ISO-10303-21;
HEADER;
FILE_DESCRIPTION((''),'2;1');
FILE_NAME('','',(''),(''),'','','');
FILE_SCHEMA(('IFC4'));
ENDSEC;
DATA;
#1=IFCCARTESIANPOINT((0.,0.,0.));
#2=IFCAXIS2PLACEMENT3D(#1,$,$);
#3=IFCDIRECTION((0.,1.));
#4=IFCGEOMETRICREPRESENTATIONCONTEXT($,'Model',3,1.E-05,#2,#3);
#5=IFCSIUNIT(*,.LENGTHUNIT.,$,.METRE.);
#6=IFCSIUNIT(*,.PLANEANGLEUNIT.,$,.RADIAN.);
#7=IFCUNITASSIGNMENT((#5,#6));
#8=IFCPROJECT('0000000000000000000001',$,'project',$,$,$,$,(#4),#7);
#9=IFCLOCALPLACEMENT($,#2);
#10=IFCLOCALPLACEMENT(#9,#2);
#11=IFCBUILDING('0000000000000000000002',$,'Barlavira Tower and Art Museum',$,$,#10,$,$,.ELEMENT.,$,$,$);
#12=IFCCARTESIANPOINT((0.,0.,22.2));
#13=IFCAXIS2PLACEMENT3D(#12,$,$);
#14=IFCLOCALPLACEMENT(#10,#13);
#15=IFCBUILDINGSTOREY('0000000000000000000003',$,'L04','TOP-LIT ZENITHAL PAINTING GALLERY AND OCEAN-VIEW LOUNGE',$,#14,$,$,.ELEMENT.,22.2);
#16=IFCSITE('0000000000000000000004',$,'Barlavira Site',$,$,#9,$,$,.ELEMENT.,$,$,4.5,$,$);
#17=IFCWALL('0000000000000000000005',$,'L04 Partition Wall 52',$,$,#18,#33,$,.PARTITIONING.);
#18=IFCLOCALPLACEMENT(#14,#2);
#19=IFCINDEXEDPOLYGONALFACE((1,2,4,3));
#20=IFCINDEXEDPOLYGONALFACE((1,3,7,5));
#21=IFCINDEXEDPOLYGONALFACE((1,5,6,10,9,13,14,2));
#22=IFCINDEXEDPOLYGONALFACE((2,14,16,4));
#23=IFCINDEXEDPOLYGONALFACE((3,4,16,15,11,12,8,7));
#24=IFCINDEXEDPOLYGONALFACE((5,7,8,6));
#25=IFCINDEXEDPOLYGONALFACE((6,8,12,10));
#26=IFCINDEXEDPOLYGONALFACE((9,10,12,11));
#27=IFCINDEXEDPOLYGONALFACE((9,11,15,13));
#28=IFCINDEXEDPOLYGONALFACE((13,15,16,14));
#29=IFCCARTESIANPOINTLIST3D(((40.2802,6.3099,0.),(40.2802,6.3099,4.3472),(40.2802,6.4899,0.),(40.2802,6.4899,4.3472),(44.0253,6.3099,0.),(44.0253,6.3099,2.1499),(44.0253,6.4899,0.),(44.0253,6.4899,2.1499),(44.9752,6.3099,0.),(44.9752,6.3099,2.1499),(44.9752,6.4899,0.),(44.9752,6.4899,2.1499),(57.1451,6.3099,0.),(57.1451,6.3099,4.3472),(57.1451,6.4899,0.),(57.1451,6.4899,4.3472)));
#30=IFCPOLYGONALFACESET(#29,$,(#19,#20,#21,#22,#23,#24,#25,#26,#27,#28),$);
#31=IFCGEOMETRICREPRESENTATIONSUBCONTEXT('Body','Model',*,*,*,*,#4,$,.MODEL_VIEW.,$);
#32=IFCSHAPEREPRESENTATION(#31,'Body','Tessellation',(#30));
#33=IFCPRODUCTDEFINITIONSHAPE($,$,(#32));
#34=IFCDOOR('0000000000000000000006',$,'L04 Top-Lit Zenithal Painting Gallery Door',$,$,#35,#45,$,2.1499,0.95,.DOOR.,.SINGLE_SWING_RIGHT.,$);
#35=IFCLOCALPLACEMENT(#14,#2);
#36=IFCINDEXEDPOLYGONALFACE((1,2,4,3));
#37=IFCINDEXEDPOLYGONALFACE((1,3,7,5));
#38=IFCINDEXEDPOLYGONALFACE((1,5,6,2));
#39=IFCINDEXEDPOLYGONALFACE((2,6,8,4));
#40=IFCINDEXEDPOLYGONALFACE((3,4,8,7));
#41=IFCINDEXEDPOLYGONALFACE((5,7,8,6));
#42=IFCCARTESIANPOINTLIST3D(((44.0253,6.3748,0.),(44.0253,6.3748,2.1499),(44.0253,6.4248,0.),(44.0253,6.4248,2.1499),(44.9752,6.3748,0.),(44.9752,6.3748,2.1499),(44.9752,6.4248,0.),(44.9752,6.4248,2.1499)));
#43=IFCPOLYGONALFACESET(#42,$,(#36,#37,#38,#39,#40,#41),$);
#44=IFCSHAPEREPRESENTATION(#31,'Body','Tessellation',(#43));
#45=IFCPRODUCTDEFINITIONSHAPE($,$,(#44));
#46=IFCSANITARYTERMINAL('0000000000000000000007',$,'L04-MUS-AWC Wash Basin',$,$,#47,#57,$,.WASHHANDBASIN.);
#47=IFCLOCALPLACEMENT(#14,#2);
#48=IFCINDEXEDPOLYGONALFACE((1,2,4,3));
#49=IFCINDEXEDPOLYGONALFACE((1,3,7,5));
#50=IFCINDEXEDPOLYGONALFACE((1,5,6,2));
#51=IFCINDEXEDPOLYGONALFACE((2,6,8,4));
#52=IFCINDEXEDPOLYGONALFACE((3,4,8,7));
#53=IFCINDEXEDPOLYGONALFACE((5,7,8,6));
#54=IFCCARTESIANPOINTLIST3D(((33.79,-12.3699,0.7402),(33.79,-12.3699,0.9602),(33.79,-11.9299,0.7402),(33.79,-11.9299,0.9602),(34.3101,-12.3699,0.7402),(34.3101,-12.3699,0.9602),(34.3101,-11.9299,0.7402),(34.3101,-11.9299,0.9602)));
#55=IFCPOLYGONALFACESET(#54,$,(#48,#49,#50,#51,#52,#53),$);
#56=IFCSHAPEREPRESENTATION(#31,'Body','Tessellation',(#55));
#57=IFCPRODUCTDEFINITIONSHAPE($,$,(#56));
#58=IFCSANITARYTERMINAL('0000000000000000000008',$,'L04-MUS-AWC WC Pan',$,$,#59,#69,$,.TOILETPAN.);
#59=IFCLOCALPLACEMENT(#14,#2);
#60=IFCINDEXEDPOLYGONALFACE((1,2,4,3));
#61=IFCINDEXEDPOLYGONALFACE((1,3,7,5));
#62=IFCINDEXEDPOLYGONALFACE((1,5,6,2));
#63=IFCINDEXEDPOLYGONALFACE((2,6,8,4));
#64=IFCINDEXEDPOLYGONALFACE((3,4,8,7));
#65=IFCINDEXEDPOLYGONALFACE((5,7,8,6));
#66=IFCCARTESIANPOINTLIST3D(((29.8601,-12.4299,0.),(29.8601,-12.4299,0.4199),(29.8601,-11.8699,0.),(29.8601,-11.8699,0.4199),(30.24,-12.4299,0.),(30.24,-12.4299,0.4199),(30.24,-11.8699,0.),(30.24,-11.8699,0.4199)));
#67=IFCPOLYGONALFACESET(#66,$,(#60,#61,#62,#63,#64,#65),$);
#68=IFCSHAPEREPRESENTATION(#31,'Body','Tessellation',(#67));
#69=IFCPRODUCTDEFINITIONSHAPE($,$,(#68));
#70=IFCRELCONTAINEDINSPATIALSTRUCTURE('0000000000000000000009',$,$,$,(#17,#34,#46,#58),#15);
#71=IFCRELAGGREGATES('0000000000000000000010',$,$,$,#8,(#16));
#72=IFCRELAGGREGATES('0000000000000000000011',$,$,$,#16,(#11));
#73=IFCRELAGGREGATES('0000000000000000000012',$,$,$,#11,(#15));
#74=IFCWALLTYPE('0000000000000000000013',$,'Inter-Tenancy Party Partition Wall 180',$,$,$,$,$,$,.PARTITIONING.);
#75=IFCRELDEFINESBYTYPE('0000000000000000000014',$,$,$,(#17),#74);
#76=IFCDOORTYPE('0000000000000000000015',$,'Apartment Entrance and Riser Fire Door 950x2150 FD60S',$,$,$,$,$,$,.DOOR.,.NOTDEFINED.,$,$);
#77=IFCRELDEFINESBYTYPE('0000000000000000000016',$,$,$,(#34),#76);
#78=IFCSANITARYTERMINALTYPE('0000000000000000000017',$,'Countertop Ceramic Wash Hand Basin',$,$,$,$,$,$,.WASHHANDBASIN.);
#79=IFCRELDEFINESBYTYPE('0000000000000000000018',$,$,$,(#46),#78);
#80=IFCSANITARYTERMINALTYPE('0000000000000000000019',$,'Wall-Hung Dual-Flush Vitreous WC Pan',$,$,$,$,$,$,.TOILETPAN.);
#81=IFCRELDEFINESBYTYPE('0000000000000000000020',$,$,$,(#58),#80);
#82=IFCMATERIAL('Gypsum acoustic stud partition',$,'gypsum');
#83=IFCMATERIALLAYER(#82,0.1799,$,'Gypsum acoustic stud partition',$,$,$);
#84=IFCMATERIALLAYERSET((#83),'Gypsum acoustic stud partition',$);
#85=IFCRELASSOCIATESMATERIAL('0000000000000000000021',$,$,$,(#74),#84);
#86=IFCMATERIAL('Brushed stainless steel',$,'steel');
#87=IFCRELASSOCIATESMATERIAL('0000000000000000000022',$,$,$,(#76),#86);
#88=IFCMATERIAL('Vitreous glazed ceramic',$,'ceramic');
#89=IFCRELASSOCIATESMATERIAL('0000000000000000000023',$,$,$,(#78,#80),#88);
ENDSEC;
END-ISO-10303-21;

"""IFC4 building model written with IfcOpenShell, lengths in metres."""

from ifc_helpers import new_model, si_unit, direction, frame, frame_2d, origin, origin_2d, place, context, subcontext, project, spatial, rectangle, extrude, material, layer, layer_set, type_object, element, fill, save


model = new_model("IFC4")

# Units and contexts
model_context = context("Model", 3, precision=1e-05, world=origin(), true_north=direction((0.0, 1.0)))
body_context = subcontext(model_context, "Body", "Model", "MODEL_VIEW")
ifc_project = project(units=[si_unit("LENGTHUNIT", "METRE"), si_unit("PLANEANGLEUNIT", "RADIAN")], contexts=[model_context])

# Site, building, storey
site_placement = place(None, origin())
site = spatial("IfcSite", under=ifc_project, at=site_placement, Name="Barlavira Site", CompositionType="ELEMENT", RefElevation=4.5)
building_placement = place(site_placement, origin())
building = spatial("IfcBuilding", under=site, at=building_placement, Name="Barlavira Tower and Art Museum", CompositionType="ELEMENT")
storey_placement = place(building_placement, frame((0.0, 0.0, 22.2)))
storey = spatial("IfcBuildingStorey", under=building, at=storey_placement, Name="L04", Description="TOP-LIT ZENITHAL PAINTING GALLERY AND OCEAN-VIEW LOUNGE", CompositionType="ELEMENT", Elevation=22.2)

# Shared definitions
ifc_material_1 = material(Name="Brushed stainless steel", Category="steel")

# Wall, opening, door
ifc_material_2 = material(Name="Gypsum acoustic stud partition", Category="gypsum")
ifc_layer_1 = layer(ifc_material_2, 0.1799, Name="Gypsum acoustic stud partition")
ifc_layer_set_1 = layer_set([ifc_layer_1], Name="Gypsum acoustic stud partition")
wall_type_1 = type_object("IfcWallType", Name="Inter-Tenancy Party Partition Wall 180", PredefinedType="PARTITIONING", material=ifc_layer_set_1)
wall_1_placement = place(storey_placement, frame((40.28, 6.3999, 0.0), z_axis=(0.0, 0.0, 1.0), x_axis=(1.0, 0.0, 0.0)))
wall_1 = element("IfcWall", 1, at=wall_1_placement, inside=storey, type_object=wall_type_1, Name="L04 Partition Wall 52", PredefinedType="PARTITIONING", context=body_context, shape_type="SweptSolid", body=[
    extrude(rectangle(XDim=16.865, YDim=0.1799, at=frame_2d((8.4326, 0.0))), origin(), (0.0, 0.0, 1.0), 4.3472),
])
opening_1_placement = place(wall_1_placement, frame((3.7451, 0.0, 0.0)))
opening_1 = element("IfcOpeningElement", 2, at=opening_1_placement, cuts=wall_1, PredefinedType="OPENING", context=body_context, shape_type="SweptSolid", body=[
    extrude(rectangle(XDim=0.95, YDim=2.1499, at=frame_2d((0.4751, 1.075))), frame((0.0, 0.1001, 0.0), z_axis=(0.0, -1.0, 0.0), x_axis=(1.0, 0.0, 0.0)), (0.0, 0.0, 1.0), 0.2),
])
door_type_1 = type_object("IfcDoorType", Name="Apartment Entrance and Riser Fire Door 950x2150 FD60S", OperationType="NOTDEFINED", PredefinedType="DOOR", material=ifc_material_1)
door_1_placement = place(opening_1_placement, origin())
door_1 = element("IfcDoor", 3, at=door_1_placement, inside=storey, type_object=door_type_1, Name="L04 Top-Lit Zenithal Painting Gallery Door", OperationType="SINGLE_SWING_RIGHT", OverallHeight=2.1499, OverallWidth=0.95, PredefinedType="DOOR", context=body_context, shape_type="SweptSolid", body=[
    extrude(rectangle(XDim=0.95, YDim=2.1499, at=frame_2d((0.4751, 1.075))), frame((0.0, 0.0249, 0.0), z_axis=(0.0, -1.0, 0.0), x_axis=(1.0, 0.0, 0.0)), (0.0, 0.0, 1.0), 0.05),
])
fill(opening_1, door_1)

# Sanitary terminals
ifc_material_3 = material(Name="Vitreous glazed ceramic", Category="ceramic")
sanitary_terminal_type_1 = type_object("IfcSanitaryTerminalType", Name="Countertop Ceramic Wash Hand Basin", PredefinedType="WASHHANDBASIN", material=ifc_material_3)
sanitary_terminal_1_placement = place(storey_placement, frame((34.05, -12.1499, 0.7402), z_axis=(0.0, 0.0, 1.0), x_axis=(1.0, 0.0, 0.0)))
element("IfcSanitaryTerminal", 4, at=sanitary_terminal_1_placement, inside=storey, type_object=sanitary_terminal_type_1, Name="L04-MUS-AWC Wash Basin", PredefinedType="WASHHANDBASIN", context=body_context, shape_type="SweptSolid", body=[
    extrude(rectangle(XDim=0.52, YDim=0.4399, at=origin_2d()), origin(), (0.0, 0.0, 1.0), 0.22),
])
sanitary_terminal_type_2 = type_object("IfcSanitaryTerminalType", Name="Wall-Hung Dual-Flush Vitreous WC Pan", PredefinedType="TOILETPAN", material=ifc_material_3)
sanitary_terminal_2_placement = place(storey_placement, frame((30.05, -12.1499, 0.0), z_axis=(0.0, 0.0, 1.0), x_axis=(1.0, 0.0, 0.0)))
element("IfcSanitaryTerminal", 5, at=sanitary_terminal_2_placement, inside=storey, type_object=sanitary_terminal_type_2, Name="L04-MUS-AWC WC Pan", PredefinedType="TOILETPAN", context=body_context, shape_type="SweptSolid", body=[
    extrude(rectangle(XDim=0.3799, YDim=0.5601, at=origin_2d()), origin(), (0.0, 0.0, 1.0), 0.4199),
])

save(model, "model.ifc")
